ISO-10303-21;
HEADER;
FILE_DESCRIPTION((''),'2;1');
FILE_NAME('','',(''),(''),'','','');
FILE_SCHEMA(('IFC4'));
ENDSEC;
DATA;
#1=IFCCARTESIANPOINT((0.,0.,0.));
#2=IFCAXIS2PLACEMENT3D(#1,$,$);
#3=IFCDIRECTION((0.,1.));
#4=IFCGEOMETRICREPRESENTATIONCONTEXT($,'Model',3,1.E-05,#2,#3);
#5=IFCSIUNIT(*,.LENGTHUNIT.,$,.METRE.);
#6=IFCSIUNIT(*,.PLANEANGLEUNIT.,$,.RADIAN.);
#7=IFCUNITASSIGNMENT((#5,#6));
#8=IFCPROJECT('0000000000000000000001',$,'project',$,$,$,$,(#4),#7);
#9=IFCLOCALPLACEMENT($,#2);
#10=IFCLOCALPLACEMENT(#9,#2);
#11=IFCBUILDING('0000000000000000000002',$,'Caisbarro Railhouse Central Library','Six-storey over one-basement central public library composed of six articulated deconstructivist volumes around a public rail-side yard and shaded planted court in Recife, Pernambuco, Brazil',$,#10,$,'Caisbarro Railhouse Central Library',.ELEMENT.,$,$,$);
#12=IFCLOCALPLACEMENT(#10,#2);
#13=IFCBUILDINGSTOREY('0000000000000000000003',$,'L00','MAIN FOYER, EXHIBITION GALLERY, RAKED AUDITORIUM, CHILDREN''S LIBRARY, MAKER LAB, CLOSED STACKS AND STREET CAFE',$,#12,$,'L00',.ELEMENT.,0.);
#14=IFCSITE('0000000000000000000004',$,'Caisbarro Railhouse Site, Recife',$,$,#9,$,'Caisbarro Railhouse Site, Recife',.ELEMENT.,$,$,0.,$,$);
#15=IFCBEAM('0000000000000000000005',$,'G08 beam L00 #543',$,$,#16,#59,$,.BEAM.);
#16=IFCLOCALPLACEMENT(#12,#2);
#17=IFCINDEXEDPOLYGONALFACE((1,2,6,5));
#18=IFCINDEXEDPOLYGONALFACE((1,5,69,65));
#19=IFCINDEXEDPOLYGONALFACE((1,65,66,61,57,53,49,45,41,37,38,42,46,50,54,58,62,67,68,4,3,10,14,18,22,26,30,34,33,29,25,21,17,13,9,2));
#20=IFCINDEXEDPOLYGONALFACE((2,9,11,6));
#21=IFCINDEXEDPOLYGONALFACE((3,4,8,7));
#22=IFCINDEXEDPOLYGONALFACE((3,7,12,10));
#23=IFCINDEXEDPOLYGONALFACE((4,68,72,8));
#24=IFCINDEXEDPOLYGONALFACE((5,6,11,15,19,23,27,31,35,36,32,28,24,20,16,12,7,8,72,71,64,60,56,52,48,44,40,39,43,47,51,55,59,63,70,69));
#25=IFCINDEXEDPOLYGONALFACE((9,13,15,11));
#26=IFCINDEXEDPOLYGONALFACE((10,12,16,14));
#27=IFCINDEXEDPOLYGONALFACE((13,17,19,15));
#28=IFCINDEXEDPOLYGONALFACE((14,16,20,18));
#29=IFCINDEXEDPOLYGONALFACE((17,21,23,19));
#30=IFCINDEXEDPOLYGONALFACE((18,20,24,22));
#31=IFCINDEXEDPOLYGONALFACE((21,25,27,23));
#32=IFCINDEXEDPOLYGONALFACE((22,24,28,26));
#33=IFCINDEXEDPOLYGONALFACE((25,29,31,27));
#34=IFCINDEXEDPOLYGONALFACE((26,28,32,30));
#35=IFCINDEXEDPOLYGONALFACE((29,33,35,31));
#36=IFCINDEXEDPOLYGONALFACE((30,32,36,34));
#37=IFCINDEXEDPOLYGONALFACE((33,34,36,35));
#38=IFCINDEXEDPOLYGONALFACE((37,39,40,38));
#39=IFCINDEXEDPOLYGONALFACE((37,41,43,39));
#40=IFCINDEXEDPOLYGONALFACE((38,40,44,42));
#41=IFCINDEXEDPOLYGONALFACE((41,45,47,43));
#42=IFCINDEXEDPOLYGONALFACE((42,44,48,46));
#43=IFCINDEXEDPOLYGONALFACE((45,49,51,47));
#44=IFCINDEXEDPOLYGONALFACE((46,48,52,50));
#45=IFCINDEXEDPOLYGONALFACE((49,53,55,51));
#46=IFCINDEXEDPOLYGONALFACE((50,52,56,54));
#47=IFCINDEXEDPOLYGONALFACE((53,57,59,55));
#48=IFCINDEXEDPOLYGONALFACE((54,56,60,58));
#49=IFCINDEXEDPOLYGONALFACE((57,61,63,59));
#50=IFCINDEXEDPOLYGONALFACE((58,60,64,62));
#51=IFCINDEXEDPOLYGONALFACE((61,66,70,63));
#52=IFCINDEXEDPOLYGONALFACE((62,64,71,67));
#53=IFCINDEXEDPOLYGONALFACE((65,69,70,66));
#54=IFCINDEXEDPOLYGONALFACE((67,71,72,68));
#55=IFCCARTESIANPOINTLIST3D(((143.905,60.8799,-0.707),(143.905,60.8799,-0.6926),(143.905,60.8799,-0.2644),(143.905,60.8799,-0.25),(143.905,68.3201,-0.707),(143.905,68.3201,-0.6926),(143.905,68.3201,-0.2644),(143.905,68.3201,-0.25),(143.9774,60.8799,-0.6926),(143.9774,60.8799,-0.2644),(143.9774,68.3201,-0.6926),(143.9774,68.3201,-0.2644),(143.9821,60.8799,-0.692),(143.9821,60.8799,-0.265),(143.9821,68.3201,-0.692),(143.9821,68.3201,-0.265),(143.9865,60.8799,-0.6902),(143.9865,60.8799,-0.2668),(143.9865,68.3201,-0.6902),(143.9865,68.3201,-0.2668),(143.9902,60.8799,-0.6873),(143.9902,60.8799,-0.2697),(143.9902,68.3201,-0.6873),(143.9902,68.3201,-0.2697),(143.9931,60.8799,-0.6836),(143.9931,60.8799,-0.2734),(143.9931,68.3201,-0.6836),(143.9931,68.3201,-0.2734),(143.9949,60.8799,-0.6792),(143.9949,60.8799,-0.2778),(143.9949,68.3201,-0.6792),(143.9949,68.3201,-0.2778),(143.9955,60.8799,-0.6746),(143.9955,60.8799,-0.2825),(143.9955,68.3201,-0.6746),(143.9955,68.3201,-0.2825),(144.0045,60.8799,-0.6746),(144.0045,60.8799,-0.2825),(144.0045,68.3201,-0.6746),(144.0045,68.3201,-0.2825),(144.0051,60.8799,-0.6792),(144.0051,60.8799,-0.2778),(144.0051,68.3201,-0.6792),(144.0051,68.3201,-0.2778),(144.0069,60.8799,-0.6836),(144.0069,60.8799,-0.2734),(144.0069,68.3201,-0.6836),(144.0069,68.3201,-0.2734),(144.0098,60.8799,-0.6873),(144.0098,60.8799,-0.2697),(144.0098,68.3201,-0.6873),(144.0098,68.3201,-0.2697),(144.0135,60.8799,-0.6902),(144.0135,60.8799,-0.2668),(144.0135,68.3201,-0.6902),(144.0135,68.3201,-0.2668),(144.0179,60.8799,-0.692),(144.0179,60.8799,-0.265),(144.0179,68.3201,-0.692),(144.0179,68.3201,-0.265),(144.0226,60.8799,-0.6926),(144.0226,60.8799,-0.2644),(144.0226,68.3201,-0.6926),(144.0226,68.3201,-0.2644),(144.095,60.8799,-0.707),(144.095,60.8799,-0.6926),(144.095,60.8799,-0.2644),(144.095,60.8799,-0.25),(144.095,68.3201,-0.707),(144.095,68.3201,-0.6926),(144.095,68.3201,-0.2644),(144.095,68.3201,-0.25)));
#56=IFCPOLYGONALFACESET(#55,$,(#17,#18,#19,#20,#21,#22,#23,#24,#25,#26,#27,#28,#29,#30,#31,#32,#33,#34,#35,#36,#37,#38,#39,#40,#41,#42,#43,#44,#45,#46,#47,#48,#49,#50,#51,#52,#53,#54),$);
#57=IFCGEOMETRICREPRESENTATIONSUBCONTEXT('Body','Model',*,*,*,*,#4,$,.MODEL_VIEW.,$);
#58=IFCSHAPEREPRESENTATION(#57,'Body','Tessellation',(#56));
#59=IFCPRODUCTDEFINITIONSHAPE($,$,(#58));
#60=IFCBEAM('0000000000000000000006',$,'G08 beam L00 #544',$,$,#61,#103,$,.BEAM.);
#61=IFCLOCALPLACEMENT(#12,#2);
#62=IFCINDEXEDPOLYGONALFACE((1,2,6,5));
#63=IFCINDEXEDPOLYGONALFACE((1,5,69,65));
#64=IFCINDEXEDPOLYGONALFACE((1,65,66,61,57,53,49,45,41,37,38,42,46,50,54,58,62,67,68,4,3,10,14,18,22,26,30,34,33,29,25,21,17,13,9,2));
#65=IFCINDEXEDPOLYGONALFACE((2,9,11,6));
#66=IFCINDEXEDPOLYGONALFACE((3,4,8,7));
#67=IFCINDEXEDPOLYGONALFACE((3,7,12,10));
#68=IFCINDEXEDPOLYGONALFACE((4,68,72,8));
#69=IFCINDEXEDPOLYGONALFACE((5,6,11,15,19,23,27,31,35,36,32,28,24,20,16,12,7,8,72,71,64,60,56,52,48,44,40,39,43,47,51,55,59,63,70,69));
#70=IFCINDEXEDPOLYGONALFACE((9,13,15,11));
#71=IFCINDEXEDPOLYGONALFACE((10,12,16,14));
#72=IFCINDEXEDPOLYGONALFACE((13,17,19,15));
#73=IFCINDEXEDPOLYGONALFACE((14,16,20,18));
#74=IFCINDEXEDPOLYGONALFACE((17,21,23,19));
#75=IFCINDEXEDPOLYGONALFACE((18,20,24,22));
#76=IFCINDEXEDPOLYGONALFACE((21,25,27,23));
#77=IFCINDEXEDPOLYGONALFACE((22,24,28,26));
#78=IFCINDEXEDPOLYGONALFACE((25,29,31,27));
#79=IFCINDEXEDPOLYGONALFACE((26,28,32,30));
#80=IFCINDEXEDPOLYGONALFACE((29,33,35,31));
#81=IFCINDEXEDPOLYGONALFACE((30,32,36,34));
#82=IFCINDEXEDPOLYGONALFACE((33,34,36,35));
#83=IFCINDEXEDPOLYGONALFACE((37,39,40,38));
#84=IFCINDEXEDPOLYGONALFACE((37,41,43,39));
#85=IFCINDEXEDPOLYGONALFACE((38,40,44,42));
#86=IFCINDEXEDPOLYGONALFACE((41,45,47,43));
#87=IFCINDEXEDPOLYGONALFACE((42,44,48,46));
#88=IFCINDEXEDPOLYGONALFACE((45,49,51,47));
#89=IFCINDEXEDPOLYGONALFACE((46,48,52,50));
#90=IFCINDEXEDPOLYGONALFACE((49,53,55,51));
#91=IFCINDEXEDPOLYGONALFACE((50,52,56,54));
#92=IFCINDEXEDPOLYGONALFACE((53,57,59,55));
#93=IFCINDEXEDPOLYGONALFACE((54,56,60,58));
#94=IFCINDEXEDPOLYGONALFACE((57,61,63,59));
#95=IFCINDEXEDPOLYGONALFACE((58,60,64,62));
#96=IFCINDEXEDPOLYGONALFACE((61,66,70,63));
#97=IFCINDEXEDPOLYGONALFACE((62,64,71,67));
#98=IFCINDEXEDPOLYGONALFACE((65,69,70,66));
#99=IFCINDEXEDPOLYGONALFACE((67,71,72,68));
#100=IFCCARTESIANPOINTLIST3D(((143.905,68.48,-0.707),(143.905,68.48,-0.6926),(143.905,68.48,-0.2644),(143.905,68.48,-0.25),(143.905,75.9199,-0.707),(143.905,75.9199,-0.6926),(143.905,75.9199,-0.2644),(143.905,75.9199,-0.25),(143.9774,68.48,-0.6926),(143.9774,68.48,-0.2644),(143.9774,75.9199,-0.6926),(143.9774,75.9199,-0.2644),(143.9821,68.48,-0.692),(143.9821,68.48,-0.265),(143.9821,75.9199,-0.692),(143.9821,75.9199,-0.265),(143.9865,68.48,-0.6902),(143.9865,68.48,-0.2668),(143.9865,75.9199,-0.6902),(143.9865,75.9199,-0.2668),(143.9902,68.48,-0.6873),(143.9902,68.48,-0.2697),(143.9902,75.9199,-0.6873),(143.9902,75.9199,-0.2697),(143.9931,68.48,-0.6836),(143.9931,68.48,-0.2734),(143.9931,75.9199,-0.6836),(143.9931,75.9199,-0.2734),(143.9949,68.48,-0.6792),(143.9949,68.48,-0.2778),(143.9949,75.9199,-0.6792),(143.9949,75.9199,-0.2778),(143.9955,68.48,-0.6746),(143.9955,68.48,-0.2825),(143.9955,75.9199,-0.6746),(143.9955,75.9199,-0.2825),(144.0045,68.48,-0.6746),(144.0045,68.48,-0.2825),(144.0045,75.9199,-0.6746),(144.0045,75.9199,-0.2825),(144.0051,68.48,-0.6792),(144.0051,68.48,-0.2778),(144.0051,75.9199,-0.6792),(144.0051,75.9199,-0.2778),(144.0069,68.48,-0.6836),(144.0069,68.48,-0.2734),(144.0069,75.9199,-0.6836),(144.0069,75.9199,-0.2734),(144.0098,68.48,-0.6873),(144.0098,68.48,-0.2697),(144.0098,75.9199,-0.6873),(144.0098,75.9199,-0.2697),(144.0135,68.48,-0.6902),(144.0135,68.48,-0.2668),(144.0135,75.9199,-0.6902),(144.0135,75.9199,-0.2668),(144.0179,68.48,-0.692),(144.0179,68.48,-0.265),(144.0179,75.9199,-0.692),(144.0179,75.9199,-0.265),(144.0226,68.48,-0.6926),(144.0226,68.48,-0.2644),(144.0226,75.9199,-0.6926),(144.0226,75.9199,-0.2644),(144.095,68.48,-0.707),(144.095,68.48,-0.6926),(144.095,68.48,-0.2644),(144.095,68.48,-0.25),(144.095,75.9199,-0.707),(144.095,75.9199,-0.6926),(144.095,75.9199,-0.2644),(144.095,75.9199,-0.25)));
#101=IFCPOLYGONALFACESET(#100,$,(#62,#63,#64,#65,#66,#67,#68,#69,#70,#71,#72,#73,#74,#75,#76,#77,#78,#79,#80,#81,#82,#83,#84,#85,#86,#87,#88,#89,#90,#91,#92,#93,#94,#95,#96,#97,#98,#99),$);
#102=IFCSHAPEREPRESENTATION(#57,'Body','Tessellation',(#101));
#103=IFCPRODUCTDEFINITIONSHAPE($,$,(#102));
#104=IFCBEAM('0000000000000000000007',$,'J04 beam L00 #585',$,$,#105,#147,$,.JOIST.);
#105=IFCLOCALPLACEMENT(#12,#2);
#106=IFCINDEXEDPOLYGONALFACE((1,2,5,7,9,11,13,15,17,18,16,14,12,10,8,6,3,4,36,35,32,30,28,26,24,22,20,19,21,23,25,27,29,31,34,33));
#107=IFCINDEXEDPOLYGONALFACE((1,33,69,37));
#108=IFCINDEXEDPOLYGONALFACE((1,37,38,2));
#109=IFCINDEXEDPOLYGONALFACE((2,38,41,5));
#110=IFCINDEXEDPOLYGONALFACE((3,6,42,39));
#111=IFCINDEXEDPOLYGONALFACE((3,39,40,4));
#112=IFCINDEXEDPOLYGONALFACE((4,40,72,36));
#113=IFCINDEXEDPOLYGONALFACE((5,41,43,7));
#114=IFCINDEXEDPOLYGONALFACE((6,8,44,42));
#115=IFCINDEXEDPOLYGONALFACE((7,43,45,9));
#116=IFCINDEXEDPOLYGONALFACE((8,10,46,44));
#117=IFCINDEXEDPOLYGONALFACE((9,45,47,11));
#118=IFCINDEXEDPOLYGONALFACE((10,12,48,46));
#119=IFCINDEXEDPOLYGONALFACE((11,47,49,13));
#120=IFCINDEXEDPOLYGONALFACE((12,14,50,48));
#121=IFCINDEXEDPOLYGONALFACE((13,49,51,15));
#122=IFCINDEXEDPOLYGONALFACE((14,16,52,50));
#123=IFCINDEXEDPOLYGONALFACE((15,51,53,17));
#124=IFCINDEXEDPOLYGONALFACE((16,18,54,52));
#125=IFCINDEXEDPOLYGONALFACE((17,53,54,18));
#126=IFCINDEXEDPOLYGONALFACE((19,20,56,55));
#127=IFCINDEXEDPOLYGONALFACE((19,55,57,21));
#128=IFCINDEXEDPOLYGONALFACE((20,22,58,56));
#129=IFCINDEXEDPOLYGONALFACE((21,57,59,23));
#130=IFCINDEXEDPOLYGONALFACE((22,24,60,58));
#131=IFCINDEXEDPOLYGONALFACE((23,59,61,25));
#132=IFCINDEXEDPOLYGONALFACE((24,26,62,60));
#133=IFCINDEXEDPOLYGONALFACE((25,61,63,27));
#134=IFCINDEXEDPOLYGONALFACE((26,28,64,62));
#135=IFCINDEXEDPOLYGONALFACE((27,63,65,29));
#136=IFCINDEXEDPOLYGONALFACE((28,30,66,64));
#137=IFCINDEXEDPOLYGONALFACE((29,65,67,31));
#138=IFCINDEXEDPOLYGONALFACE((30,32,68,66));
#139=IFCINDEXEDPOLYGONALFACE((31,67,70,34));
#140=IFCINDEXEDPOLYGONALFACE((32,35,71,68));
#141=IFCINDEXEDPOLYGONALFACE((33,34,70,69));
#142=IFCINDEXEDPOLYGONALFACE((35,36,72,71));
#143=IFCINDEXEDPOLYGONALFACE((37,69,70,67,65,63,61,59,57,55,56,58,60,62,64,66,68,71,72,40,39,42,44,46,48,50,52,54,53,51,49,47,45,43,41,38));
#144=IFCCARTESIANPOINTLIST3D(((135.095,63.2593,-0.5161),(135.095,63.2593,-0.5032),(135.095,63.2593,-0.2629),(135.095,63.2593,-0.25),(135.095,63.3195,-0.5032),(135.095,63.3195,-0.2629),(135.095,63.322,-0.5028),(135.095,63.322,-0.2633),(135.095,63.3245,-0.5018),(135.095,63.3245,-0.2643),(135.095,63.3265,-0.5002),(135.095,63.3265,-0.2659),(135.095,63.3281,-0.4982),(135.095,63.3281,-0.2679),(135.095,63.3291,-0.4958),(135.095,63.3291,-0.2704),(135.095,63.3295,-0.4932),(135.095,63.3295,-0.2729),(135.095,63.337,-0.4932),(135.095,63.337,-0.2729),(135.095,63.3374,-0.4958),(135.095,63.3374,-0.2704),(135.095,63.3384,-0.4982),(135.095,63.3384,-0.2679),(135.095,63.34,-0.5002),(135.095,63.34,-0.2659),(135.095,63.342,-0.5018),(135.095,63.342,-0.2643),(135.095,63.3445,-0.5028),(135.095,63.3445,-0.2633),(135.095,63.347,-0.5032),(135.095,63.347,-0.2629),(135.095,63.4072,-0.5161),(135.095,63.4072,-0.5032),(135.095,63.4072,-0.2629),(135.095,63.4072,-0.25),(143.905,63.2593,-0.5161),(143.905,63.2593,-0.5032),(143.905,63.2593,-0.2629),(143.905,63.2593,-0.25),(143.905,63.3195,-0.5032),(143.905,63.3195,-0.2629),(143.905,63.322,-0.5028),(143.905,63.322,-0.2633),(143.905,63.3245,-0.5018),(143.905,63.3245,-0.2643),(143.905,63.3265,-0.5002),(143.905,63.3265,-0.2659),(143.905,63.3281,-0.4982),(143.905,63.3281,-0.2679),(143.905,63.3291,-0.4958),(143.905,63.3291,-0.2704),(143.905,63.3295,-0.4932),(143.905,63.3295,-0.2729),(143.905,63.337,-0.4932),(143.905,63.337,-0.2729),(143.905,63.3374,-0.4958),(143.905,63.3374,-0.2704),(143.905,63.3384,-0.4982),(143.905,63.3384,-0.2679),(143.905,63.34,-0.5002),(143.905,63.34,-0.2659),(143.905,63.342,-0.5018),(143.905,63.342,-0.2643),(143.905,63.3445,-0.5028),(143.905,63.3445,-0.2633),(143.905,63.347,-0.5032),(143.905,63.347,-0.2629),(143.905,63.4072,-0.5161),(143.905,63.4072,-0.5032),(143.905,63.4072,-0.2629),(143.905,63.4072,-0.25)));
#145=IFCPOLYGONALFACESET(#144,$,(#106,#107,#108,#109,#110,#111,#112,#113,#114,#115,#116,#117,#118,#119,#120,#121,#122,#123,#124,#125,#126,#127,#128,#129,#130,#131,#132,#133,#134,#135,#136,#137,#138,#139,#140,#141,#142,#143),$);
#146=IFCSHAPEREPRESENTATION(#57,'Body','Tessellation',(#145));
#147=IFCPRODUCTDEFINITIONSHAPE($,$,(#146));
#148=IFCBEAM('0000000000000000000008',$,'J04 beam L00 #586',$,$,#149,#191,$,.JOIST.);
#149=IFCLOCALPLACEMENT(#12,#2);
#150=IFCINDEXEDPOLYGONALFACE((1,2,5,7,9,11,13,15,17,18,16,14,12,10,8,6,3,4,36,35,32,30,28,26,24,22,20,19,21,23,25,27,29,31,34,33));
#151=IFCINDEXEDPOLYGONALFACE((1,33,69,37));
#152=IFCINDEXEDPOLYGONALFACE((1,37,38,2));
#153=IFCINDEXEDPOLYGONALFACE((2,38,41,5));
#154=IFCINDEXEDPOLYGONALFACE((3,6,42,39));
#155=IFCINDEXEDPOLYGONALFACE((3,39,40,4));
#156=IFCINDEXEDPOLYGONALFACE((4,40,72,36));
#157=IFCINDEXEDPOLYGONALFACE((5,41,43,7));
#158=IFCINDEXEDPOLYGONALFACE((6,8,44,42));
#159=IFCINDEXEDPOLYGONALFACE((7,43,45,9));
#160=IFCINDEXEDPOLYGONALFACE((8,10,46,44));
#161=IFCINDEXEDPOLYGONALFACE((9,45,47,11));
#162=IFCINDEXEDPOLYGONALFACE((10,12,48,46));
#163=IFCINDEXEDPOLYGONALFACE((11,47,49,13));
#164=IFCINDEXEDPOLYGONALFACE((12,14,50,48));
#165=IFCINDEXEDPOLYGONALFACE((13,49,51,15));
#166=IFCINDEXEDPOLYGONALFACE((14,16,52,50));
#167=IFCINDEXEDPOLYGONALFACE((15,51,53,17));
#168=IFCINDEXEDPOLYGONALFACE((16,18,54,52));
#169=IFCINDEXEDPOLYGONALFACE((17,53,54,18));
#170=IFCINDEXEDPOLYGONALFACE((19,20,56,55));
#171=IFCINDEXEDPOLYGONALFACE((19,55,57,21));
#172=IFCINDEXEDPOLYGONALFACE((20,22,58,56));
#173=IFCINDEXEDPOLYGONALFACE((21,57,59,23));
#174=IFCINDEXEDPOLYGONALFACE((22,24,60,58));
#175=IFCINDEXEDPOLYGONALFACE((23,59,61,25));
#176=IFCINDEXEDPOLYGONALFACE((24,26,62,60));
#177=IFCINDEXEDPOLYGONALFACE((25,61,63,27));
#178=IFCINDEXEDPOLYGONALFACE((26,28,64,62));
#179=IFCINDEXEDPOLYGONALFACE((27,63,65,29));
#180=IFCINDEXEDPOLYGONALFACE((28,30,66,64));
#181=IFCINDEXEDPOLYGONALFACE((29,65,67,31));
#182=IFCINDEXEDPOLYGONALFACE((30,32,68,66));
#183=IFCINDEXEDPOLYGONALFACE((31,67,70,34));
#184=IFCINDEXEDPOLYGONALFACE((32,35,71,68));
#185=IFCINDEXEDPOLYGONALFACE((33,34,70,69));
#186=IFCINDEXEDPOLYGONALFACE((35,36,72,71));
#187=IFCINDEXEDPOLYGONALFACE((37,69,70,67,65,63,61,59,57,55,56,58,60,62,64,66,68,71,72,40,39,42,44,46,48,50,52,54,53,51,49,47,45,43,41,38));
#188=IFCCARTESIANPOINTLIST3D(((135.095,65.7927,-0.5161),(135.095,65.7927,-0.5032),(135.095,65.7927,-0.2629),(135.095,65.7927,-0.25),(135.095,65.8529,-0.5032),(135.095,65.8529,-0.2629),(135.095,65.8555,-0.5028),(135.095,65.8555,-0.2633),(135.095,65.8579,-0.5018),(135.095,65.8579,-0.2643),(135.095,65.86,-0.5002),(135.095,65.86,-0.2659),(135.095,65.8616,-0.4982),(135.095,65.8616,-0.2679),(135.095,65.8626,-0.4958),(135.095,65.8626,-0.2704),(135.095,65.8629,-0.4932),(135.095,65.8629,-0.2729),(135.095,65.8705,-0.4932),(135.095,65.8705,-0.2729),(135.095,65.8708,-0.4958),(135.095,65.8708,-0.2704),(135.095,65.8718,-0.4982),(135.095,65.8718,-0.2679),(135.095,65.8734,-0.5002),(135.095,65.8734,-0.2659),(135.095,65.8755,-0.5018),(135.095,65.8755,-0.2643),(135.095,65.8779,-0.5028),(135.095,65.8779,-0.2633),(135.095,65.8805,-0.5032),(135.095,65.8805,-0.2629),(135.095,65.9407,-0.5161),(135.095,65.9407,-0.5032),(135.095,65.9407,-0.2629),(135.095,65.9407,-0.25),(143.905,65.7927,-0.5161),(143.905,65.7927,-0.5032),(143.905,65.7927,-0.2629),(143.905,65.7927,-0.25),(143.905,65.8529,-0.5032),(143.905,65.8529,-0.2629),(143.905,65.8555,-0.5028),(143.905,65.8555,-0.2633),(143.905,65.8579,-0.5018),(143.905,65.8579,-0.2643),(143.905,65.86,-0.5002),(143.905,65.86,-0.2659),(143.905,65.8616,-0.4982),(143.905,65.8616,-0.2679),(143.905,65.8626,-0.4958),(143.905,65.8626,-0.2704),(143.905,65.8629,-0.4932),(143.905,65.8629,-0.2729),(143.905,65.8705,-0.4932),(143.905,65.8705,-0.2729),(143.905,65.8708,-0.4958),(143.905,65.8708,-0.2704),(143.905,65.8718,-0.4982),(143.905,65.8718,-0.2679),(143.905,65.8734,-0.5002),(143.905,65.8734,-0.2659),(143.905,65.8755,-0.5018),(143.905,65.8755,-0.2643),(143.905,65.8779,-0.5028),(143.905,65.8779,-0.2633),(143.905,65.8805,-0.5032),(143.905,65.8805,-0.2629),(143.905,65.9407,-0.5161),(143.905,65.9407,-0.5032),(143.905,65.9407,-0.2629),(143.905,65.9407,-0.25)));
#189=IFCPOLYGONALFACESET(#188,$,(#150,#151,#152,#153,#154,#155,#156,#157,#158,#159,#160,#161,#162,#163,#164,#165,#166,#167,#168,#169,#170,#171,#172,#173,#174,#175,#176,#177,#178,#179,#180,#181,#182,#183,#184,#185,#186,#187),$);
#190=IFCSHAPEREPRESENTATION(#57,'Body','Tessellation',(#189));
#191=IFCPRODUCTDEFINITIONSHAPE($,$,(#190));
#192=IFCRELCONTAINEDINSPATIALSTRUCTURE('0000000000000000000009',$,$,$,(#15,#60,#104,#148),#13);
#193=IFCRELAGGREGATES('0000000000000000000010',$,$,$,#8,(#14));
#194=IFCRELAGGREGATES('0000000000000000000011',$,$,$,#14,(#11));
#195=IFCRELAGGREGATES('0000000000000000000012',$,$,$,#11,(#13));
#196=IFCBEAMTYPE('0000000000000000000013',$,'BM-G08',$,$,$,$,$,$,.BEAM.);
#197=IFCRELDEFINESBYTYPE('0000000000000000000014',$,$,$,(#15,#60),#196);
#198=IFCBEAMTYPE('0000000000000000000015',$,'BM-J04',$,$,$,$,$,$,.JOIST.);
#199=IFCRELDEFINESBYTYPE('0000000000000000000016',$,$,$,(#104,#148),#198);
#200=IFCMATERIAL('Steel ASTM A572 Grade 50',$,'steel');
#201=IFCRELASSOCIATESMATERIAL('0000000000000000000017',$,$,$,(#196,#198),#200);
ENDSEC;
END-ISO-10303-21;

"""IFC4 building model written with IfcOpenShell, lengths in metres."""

from ifc_helpers import new_model, si_unit, direction, frame, origin, origin_2d, place, context, subcontext, project, spatial, i_section, extrude, material, material_profile, profile_set, type_object, element, save


model = new_model("IFC4")

# Units and contexts
model_context = context("Model", 3, precision=1e-05, world=origin(), true_north=direction((0.0, 1.0)))
body_context = subcontext(model_context, "Body", "Model", "MODEL_VIEW")
ifc_project = project(units=[si_unit("LENGTHUNIT", "METRE"), si_unit("PLANEANGLEUNIT", "RADIAN")], contexts=[model_context])

# Site, building, storey
site_placement = place(None, origin())
site = spatial("IfcSite", under=ifc_project, at=site_placement, Name="Caisbarro Railhouse Site, Recife", LongName="Caisbarro Railhouse Site, Recife", CompositionType="ELEMENT", RefElevation=0.0)
building_placement = place(site_placement, origin())
building = spatial("IfcBuilding", under=site, at=building_placement, Name="Caisbarro Railhouse Central Library", Description="Six-storey over one-basement central public library composed of six articulated deconstructivist volumes around a public rail-side yard and shaded planted court in Recife, Pernambuco, Brazil", LongName="Caisbarro Railhouse Central Library", CompositionType="ELEMENT")
storey_placement = place(building_placement, origin())
storey = spatial("IfcBuildingStorey", under=building, at=storey_placement, Name="L00", Description="MAIN FOYER, EXHIBITION GALLERY, RAKED AUDITORIUM, CHILDREN'S LIBRARY, MAKER LAB, CLOSED STACKS AND STREET CAFE", LongName="L00", CompositionType="ELEMENT", Elevation=0.0)

# Shared definitions
ifc_material_1 = material(Name="Steel ASTM A572 Grade 50", Category="steel")

# Beams
ifc_material_profile_1 = material_profile(ifc_material_1, i_section(OverallWidth=0.1899, OverallDepth=0.457, WebThickness=0.009, FlangeThickness=0.0144, FilletRadius=0.0181, at=origin_2d()), Name="W460X74.0")
ifc_profile_set_1 = profile_set([ifc_material_profile_1], Name="Steel ASTM A572 Grade 50")
beam_type_1 = type_object("IfcBeamType", Name="BM-G08", PredefinedType="BEAM", material=ifc_profile_set_1)
beam_1_placement = place(storey_placement, frame((144.0, 60.8799, -0.4785), z_axis=(0.0, 1.0, 0.0), x_axis=(-1.0, 0.0, 0.0)))
element("IfcBeam", 1, at=beam_1_placement, inside=storey, type_object=beam_type_1, Name="G08 beam L00 #543", PredefinedType="BEAM", context=body_context, shape_type="SweptSolid", body=[
    extrude(i_section(OverallWidth=0.1899, OverallDepth=0.457, WebThickness=0.009, FlangeThickness=0.0144, FilletRadius=0.0181, at=origin_2d()), origin(), (0.0, 0.0, 1.0), 7.4402),
])
beam_2_placement = place(storey_placement, frame((144.0, 68.48, -0.4785), z_axis=(0.0, 1.0, 0.0), x_axis=(-1.0, 0.0, 0.0)))
element("IfcBeam", 2, at=beam_2_placement, inside=storey, type_object=beam_type_1, Name="G08 beam L00 #544", PredefinedType="BEAM", context=body_context, shape_type="SweptSolid", body=[
    extrude(i_section(OverallWidth=0.1899, OverallDepth=0.457, WebThickness=0.009, FlangeThickness=0.0144, FilletRadius=0.0181, at=origin_2d()), origin(), (0.0, 0.0, 1.0), 7.4399),
])
ifc_material_profile_2 = material_profile(ifc_material_1, i_section(OverallWidth=0.1479, OverallDepth=0.2661, WebThickness=0.0076, FlangeThickness=0.0129, FilletRadius=0.01, at=origin_2d()), Name="W250X44.8")
ifc_profile_set_2 = profile_set([ifc_material_profile_2], Name="Steel ASTM A572 Grade 50")
beam_type_2 = type_object("IfcBeamType", Name="BM-J04", PredefinedType="JOIST", material=ifc_profile_set_2)
for number, where, z_axis, x_axis, name in (
    (3, (135.095, 63.3333, -0.3831), (1.0, 0.0, 0.0), (0.0, 1.0, 0.0), "J04 beam L00 #585"),
    (4, (135.095, 65.8667, -0.3831), (1.0, 0.0, 0.0), (0.0, 1.0, 0.0), "J04 beam L00 #586"),
):
    element("IfcBeam", number, at=place(storey_placement, frame(where, z_axis=z_axis, x_axis=x_axis)), inside=storey, type_object=beam_type_2, Name=name, PredefinedType="JOIST", context=body_context, shape_type="SweptSolid", body=[
        extrude(i_section(OverallWidth=0.1479, OverallDepth=0.2661, WebThickness=0.0076, FlangeThickness=0.0129, FilletRadius=0.01, at=origin_2d()), origin(), (0.0, 0.0, 1.0), 8.8101),
    ])

save(model, "model.ifc")
